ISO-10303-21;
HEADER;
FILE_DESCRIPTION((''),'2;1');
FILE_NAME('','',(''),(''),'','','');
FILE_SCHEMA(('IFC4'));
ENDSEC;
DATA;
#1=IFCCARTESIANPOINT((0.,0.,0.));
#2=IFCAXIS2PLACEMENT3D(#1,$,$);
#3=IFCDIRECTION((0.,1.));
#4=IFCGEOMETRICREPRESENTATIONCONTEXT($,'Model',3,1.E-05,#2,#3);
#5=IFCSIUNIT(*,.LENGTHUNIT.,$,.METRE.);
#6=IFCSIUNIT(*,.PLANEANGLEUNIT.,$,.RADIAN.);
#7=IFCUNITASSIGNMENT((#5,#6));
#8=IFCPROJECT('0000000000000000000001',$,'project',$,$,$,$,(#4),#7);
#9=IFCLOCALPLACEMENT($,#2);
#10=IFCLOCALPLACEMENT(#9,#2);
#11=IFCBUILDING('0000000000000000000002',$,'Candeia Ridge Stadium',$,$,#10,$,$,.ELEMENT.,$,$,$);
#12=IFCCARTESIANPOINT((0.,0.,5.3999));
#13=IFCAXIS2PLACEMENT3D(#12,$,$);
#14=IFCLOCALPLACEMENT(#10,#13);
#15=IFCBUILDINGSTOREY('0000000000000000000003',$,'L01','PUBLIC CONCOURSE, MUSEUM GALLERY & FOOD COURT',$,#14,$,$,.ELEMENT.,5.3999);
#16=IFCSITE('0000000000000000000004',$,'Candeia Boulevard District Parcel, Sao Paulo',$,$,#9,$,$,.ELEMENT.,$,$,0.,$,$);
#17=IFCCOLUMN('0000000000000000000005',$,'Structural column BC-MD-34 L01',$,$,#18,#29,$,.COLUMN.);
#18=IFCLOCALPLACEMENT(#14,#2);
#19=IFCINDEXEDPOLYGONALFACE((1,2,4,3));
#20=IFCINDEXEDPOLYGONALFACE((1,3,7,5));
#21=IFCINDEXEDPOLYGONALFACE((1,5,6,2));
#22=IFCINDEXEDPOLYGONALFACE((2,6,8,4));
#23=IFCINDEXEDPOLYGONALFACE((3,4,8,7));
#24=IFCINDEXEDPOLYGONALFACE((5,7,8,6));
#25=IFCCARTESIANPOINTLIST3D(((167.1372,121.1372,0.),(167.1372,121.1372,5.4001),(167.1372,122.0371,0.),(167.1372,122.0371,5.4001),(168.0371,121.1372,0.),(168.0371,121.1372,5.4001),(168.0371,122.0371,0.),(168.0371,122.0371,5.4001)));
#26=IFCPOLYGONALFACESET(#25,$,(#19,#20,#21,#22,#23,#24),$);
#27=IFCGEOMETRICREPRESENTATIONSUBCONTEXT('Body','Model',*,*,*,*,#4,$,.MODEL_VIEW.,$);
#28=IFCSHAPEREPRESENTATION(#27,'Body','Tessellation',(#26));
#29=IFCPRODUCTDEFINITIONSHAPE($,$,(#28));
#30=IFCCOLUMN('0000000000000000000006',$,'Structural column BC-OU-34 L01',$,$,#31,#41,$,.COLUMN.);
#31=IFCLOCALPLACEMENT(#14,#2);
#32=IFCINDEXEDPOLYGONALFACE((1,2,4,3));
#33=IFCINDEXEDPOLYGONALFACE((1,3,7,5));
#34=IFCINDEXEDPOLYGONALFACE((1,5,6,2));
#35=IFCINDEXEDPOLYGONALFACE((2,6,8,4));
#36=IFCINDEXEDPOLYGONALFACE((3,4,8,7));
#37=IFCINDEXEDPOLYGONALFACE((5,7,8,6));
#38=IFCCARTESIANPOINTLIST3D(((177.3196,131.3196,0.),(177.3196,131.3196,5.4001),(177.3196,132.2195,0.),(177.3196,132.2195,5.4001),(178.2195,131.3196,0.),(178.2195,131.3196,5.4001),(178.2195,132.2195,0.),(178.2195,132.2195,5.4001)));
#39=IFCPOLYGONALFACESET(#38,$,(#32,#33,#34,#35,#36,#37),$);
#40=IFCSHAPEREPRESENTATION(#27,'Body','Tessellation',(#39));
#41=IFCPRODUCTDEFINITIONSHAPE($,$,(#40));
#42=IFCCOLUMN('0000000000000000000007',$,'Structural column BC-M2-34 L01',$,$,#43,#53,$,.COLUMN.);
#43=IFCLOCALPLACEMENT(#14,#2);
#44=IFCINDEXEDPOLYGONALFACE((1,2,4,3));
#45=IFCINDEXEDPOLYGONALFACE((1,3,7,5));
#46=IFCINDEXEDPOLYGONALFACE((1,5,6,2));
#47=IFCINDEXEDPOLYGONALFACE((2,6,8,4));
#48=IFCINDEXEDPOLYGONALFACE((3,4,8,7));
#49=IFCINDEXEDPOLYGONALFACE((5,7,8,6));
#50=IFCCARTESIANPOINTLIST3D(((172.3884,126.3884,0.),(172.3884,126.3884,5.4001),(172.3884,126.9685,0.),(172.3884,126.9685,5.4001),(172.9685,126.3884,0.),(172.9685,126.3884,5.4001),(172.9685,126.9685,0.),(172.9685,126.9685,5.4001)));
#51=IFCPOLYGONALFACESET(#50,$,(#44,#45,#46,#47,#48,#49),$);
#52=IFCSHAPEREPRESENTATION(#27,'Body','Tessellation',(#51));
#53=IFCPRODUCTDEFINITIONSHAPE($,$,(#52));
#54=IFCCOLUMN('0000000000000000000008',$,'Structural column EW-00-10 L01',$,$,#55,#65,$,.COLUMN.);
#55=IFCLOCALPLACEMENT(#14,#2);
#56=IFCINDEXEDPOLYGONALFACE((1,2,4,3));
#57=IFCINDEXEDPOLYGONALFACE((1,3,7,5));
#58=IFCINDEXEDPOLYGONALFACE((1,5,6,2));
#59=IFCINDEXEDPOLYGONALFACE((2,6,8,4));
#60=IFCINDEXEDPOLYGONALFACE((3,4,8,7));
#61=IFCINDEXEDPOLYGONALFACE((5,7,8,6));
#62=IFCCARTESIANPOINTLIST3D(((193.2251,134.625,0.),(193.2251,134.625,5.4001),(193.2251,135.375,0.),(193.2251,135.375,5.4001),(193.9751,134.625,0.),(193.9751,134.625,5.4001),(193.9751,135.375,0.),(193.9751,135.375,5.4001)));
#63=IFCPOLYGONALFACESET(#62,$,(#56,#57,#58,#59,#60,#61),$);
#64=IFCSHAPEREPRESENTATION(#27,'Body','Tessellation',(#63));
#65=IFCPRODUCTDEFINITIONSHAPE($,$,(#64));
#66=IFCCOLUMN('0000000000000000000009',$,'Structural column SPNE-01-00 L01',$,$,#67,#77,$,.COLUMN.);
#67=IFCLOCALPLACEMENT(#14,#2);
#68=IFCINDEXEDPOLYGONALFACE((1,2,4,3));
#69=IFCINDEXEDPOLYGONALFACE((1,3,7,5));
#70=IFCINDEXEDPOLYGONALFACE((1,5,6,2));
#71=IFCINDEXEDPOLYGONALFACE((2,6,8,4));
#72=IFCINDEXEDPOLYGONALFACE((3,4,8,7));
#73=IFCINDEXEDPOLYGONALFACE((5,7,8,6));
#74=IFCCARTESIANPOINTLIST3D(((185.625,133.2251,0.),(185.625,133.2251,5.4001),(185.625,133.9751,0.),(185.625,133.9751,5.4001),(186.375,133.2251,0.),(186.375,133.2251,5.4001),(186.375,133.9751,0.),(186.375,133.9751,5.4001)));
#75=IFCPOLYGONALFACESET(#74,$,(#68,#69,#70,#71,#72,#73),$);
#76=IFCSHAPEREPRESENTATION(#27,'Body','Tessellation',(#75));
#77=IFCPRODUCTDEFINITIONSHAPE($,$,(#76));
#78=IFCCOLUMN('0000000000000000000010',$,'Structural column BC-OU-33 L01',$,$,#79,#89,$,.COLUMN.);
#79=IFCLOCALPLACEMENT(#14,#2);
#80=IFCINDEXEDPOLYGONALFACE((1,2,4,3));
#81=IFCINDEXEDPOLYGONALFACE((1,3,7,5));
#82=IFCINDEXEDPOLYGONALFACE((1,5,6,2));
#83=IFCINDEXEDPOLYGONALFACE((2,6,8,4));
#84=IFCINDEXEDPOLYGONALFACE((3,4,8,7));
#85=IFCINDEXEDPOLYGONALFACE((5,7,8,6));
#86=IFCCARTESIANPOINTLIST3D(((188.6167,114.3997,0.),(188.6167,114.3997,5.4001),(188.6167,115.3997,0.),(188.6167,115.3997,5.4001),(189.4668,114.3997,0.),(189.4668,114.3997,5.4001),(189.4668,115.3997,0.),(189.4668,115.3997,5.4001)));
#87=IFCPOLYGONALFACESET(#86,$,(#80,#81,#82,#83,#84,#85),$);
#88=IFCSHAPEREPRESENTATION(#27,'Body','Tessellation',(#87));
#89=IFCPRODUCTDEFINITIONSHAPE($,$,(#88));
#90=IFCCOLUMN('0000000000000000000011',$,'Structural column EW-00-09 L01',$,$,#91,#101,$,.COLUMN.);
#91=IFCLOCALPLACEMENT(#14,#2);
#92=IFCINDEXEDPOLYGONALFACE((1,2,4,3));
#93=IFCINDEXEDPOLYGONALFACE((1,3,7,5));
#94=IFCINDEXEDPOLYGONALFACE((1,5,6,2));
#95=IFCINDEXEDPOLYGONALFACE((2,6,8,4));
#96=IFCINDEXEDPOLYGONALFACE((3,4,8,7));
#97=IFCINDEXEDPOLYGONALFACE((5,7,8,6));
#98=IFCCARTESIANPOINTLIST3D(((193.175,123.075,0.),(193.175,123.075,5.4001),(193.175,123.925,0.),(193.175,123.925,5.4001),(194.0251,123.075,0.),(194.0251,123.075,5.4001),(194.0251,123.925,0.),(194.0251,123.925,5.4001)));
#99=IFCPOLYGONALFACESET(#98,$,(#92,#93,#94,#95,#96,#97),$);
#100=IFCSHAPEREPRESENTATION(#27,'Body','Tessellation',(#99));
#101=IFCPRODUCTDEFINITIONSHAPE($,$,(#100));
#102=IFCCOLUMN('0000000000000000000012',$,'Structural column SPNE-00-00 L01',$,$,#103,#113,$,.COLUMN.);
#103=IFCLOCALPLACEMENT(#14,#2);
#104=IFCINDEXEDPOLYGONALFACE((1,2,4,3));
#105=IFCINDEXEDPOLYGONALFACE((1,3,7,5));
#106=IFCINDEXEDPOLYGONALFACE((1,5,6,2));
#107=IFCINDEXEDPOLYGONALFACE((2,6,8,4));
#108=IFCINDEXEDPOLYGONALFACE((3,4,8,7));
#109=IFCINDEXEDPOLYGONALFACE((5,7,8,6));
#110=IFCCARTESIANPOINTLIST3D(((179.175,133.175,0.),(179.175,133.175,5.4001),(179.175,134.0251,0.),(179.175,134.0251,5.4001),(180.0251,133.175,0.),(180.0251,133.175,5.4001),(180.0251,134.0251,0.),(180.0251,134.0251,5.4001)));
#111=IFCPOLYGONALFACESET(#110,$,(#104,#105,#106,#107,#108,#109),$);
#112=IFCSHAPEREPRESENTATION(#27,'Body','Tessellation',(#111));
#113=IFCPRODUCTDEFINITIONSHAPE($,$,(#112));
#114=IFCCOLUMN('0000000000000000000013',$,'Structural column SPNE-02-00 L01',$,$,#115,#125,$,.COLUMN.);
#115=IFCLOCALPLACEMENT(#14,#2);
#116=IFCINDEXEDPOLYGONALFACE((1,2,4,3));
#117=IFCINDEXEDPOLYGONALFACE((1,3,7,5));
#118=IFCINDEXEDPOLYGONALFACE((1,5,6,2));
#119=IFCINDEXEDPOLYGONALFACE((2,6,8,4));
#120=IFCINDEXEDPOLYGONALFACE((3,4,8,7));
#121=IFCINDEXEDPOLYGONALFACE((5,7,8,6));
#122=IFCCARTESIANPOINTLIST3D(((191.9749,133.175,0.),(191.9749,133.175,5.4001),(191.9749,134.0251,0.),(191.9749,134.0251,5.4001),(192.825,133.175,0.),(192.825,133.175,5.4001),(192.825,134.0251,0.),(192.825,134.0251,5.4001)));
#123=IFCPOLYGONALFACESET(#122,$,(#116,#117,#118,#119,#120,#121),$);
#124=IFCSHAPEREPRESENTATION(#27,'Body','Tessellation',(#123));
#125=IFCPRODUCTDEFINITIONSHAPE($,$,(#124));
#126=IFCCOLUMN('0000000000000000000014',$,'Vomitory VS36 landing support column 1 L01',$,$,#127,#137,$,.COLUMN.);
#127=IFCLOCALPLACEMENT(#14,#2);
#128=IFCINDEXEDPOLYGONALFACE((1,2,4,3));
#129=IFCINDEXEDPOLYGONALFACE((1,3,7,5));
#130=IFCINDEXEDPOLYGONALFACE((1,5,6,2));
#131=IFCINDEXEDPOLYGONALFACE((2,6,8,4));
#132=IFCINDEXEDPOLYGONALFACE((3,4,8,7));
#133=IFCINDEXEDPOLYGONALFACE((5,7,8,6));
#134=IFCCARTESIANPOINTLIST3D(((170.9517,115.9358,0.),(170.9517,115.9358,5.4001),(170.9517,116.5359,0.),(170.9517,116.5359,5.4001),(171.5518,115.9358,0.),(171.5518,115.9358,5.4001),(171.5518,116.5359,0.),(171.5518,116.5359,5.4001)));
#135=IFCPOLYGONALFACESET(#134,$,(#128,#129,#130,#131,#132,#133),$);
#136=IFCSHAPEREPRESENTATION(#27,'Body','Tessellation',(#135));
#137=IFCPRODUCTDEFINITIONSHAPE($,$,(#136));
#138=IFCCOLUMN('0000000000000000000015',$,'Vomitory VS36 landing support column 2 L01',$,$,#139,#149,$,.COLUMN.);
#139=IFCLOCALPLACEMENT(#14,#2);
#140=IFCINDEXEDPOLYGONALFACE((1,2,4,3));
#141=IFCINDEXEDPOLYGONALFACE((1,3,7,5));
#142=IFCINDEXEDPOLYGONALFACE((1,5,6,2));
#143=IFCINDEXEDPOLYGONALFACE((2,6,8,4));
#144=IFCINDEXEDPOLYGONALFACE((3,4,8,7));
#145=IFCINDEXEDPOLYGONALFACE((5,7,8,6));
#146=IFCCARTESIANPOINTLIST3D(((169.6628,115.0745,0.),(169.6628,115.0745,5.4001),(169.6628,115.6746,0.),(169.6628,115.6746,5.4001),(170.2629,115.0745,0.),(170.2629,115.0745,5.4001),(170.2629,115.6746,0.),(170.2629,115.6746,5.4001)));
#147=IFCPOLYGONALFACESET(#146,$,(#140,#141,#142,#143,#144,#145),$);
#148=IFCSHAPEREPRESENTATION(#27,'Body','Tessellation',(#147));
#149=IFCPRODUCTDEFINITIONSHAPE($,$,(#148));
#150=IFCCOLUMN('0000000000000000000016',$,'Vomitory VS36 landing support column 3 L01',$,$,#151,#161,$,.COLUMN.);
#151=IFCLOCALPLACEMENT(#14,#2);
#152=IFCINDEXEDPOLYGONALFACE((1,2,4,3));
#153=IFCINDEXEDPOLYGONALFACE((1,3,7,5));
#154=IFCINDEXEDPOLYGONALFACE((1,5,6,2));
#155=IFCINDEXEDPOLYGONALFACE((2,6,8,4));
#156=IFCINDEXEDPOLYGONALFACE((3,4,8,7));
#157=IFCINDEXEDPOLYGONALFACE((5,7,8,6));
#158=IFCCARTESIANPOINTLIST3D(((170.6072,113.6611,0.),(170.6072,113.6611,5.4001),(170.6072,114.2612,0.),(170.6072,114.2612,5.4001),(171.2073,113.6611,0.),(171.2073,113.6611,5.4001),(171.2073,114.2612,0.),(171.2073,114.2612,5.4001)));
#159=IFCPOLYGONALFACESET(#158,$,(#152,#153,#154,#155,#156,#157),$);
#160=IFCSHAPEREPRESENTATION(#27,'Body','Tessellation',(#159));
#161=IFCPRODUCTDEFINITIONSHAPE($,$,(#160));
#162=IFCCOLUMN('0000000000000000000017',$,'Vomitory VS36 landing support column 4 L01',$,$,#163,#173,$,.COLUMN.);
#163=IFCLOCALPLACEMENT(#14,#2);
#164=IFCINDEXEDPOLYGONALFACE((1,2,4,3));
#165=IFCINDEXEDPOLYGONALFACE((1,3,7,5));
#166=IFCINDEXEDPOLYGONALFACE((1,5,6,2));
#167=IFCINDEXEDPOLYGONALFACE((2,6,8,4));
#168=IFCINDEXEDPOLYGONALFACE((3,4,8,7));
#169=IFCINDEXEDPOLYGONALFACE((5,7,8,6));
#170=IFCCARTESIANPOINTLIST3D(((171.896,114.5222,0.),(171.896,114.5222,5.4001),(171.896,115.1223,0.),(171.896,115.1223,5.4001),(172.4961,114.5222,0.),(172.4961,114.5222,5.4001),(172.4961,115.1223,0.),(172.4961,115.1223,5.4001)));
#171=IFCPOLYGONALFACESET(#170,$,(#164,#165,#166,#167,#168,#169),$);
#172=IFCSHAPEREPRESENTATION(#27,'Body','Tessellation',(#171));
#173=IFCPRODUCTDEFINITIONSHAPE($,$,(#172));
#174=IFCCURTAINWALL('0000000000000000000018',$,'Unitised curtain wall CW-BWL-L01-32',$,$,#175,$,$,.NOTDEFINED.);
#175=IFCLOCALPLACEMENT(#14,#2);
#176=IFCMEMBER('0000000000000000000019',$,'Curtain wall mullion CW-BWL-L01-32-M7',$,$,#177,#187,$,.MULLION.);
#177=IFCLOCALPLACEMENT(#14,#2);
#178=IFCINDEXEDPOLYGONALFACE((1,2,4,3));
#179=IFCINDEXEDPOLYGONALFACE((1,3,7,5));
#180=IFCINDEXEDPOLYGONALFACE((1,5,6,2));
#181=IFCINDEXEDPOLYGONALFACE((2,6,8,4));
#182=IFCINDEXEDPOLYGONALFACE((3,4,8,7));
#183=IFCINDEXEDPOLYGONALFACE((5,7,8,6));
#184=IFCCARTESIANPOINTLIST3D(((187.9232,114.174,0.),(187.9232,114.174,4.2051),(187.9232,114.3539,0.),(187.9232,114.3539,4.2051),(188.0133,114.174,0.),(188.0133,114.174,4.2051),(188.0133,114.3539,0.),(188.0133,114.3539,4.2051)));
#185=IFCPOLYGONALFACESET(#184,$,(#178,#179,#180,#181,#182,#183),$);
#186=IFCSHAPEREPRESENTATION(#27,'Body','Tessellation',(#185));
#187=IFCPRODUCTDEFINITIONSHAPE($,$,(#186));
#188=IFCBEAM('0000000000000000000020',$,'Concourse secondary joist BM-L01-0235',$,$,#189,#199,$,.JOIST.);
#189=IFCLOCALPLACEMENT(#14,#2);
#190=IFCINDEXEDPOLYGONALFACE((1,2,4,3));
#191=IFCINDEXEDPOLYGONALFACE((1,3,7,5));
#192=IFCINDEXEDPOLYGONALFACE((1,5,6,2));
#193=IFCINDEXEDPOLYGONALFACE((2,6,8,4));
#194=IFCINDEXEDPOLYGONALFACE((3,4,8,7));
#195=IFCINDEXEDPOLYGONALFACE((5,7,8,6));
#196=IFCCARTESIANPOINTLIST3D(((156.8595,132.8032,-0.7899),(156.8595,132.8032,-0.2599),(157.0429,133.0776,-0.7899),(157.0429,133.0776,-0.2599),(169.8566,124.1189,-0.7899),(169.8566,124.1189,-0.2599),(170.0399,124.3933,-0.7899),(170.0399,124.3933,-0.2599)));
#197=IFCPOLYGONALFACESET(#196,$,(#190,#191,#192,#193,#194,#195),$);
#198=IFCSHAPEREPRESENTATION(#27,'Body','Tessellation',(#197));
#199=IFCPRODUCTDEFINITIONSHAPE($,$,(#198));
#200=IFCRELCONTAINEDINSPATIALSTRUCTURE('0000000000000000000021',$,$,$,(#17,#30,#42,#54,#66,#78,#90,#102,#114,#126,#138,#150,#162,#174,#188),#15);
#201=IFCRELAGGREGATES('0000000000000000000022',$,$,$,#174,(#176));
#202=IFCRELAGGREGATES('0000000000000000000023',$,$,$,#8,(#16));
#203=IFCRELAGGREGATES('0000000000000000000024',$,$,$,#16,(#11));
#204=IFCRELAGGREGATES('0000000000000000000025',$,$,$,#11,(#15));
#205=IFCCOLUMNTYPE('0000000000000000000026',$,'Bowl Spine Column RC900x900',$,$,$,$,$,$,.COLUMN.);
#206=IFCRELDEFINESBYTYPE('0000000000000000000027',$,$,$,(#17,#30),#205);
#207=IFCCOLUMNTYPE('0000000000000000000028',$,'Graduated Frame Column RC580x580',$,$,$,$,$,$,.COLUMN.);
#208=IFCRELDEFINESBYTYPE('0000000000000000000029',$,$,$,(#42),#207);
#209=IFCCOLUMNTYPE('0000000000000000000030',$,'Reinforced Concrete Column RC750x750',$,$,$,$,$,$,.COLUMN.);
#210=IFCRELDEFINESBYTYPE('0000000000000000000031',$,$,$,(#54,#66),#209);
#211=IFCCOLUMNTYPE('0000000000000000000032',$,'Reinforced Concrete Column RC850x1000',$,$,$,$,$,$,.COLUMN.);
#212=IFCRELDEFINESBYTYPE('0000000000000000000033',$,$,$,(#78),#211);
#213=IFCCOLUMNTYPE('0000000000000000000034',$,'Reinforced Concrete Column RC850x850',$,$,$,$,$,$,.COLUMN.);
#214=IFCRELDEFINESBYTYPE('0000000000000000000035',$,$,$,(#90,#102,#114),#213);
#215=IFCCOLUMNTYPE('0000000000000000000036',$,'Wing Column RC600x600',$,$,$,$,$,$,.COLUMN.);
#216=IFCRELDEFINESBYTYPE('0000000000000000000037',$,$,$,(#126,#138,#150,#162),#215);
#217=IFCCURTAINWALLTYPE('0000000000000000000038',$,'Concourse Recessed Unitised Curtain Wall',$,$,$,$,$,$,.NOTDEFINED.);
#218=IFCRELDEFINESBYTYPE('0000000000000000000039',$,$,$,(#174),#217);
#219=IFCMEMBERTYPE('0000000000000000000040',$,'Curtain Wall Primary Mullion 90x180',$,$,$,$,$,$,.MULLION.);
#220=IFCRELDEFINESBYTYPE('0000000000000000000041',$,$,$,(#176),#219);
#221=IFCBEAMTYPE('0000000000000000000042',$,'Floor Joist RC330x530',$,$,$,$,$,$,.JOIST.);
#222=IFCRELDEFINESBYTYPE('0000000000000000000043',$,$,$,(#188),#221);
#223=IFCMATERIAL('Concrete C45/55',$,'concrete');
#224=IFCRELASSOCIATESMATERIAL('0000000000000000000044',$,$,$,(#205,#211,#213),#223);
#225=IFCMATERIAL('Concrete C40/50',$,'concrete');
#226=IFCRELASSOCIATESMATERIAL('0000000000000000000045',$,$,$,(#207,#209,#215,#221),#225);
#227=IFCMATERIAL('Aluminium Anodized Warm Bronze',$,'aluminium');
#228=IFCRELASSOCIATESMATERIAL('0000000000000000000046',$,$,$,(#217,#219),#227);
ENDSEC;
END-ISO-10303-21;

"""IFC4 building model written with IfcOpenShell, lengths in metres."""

from ifc_helpers import new_model, si_unit, direction, frame, origin, origin_2d, place, context, subcontext, project, spatial, rectangle, extrude, material, material_profile, profile_set, type_object, element, aggregate, save


model = new_model("IFC4")

# Units and contexts
model_context = context("Model", 3, precision=1e-05, world=origin(), true_north=direction((0.0, 1.0)))
body_context = subcontext(model_context, "Body", "Model", "MODEL_VIEW")
ifc_project = project(units=[si_unit("LENGTHUNIT", "METRE"), si_unit("PLANEANGLEUNIT", "RADIAN")], contexts=[model_context])

# Site, building, storey
site_placement = place(None, origin())
site = spatial("IfcSite", under=ifc_project, at=site_placement, Name="Candeia Boulevard District Parcel, Sao Paulo", CompositionType="ELEMENT", RefElevation=0.0)
building_placement = place(site_placement, origin())
building = spatial("IfcBuilding", under=site, at=building_placement, Name="Candeia Ridge Stadium", CompositionType="ELEMENT")
storey_placement = place(building_placement, frame((0.0, 0.0, 5.3999)))
storey = spatial("IfcBuildingStorey", under=building, at=storey_placement, Name="L01", Description="PUBLIC CONCOURSE, MUSEUM GALLERY & FOOD COURT", CompositionType="ELEMENT", Elevation=5.3999)

# Columns
ifc_material_1 = material(Name="Concrete C45/55", Category="concrete")
ifc_material_profile_1 = material_profile(ifc_material_1, rectangle(XDim=0.8999, YDim=0.8999, at=origin_2d()), Name="RC900x900", Category="concrete")
ifc_profile_set_1 = profile_set([ifc_material_profile_1], Name="Concrete C45/55")
column_type_1 = type_object("IfcColumnType", Name="Bowl Spine Column RC900x900", PredefinedType="COLUMN", material=ifc_profile_set_1)
for number, where, z_axis, x_axis, name in (
    (1, (167.5872, 121.5872, 0.0), (0.0, 0.0, 1.0), (1.0, 0.0, 0.0), "Structural column BC-MD-34 L01"),
    (2, (177.7695, 131.7695, 0.0), (0.0, 0.0, 1.0), (1.0, 0.0, 0.0), "Structural column BC-OU-34 L01"),
):
    element("IfcColumn", number, at=place(storey_placement, frame(where, z_axis=z_axis, x_axis=x_axis)), inside=storey, type_object=column_type_1, Name=name, PredefinedType="COLUMN", context=body_context, shape_type="SweptSolid", body=[
        extrude(rectangle(XDim=0.8999, YDim=0.8999, at=origin_2d()), origin(), (0.0, 0.0, 1.0), 5.4001),
    ])
ifc_material_2 = material(Name="Concrete C40/50", Category="concrete")
ifc_material_profile_2 = material_profile(ifc_material_2, rectangle(XDim=0.5801, YDim=0.5801, at=origin_2d()), Name="RC580x580", Category="concrete")
ifc_profile_set_2 = profile_set([ifc_material_profile_2], Name="Concrete C40/50")
column_type_2 = type_object("IfcColumnType", Name="Graduated Frame Column RC580x580", PredefinedType="COLUMN", material=ifc_profile_set_2)
column_1_placement = place(storey_placement, frame((172.6785, 126.6785, 0.0), z_axis=(0.0, 0.0, 1.0), x_axis=(1.0, 0.0, 0.0)))
element("IfcColumn", 3, at=column_1_placement, inside=storey, type_object=column_type_2, Name="Structural column BC-M2-34 L01", PredefinedType="COLUMN", context=body_context, shape_type="SweptSolid", body=[
    extrude(rectangle(XDim=0.5801, YDim=0.5801, at=origin_2d()), origin(), (0.0, 0.0, 1.0), 5.4001),
])
ifc_material_profile_3 = material_profile(ifc_material_2, rectangle(XDim=0.75, YDim=0.75, at=origin_2d()), Name="RC750x750", Category="concrete")
ifc_profile_set_3 = profile_set([ifc_material_profile_3], Name="Concrete C40/50")
column_type_3 = type_object("IfcColumnType", Name="Reinforced Concrete Column RC750x750", PredefinedType="COLUMN", material=ifc_profile_set_3)
for number, where, z_axis, x_axis, name in (
    (4, (193.6001, 135.0, 0.0), (0.0, 0.0, 1.0), (1.0, 0.0, 0.0), "Structural column EW-00-10 L01"),
    (5, (186.0, 133.6001, 0.0), (0.0, 0.0, 1.0), (1.0, 0.0, 0.0), "Structural column SPNE-01-00 L01"),
):
    element("IfcColumn", number, at=place(storey_placement, frame(where, z_axis=z_axis, x_axis=x_axis)), inside=storey, type_object=column_type_3, Name=name, PredefinedType="COLUMN", context=body_context, shape_type="SweptSolid", body=[
        extrude(rectangle(XDim=0.75, YDim=0.75, at=origin_2d()), origin(), (0.0, 0.0, 1.0), 5.4001),
    ])
ifc_material_profile_4 = material_profile(ifc_material_1, rectangle(XDim=0.8501, YDim=1.0, at=origin_2d()), Name="RC850x1000", Category="concrete")
ifc_profile_set_4 = profile_set([ifc_material_profile_4], Name="Concrete C45/55")
column_type_4 = type_object("IfcColumnType", Name="Reinforced Concrete Column RC850x1000", PredefinedType="COLUMN", material=ifc_profile_set_4)
column_2_placement = place(storey_placement, frame((189.0417, 114.8997, 0.0), z_axis=(0.0, 0.0, 1.0), x_axis=(1.0, 0.0, 0.0)))
element("IfcColumn", 6, at=column_2_placement, inside=storey, type_object=column_type_4, Name="Structural column BC-OU-33 L01", PredefinedType="COLUMN", context=body_context, shape_type="SweptSolid", body=[
    extrude(rectangle(XDim=0.8501, YDim=1.0, at=origin_2d()), origin(), (0.0, 0.0, 1.0), 5.4001),
])
ifc_material_profile_5 = material_profile(ifc_material_1, rectangle(XDim=0.8501, YDim=0.8501, at=origin_2d()), Name="RC850x850", Category="concrete")
ifc_profile_set_5 = profile_set([ifc_material_profile_5], Name="Concrete C45/55")
column_type_5 = type_object("IfcColumnType", Name="Reinforced Concrete Column RC850x850", PredefinedType="COLUMN", material=ifc_profile_set_5)
for number, where, z_axis, x_axis, name in (
    (7, (193.6001, 123.5, 0.0), (0.0, 0.0, 1.0), (1.0, 0.0, 0.0), "Structural column EW-00-09 L01"),
    (8, (179.6001, 133.6001, 0.0), (0.0, 0.0, 1.0), (1.0, 0.0, 0.0), "Structural column SPNE-00-00 L01"),
    (9, (192.3999, 133.6001, 0.0), (0.0, 0.0, 1.0), (1.0, 0.0, 0.0), "Structural column SPNE-02-00 L01"),
):
    element("IfcColumn", number, at=place(storey_placement, frame(where, z_axis=z_axis, x_axis=x_axis)), inside=storey, type_object=column_type_5, Name=name, PredefinedType="COLUMN", context=body_context, shape_type="SweptSolid", body=[
        extrude(rectangle(XDim=0.8501, YDim=0.8501, at=origin_2d()), origin(), (0.0, 0.0, 1.0), 5.4001),
    ])
ifc_material_profile_6 = material_profile(ifc_material_2, rectangle(XDim=0.6001, YDim=0.6001, at=origin_2d()), Name="RC600x600", Category="concrete")
ifc_profile_set_6 = profile_set([ifc_material_profile_6], Name="Concrete C40/50")
column_type_6 = type_object("IfcColumnType", Name="Wing Column RC600x600", PredefinedType="COLUMN", material=ifc_profile_set_6)
for number, where, z_axis, x_axis, name in (
    (10, (171.2517, 116.2358, 0.0), (0.0, 0.0, 1.0), (1.0, 0.0, 0.0), "Vomitory VS36 landing support column 1 L01"),
    (11, (169.9629, 115.3745, 0.0), (0.0, 0.0, 1.0), (1.0, 0.0, 0.0), "Vomitory VS36 landing support column 2 L01"),
    (12, (170.9072, 113.9612, 0.0), (0.0, 0.0, 1.0), (1.0, 0.0, 0.0), "Vomitory VS36 landing support column 3 L01"),
    (13, (172.196, 114.8223, 0.0), (0.0, 0.0, 1.0), (1.0, 0.0, 0.0), "Vomitory VS36 landing support column 4 L01"),
):
    element("IfcColumn", number, at=place(storey_placement, frame(where, z_axis=z_axis, x_axis=x_axis)), inside=storey, type_object=column_type_6, Name=name, PredefinedType="COLUMN", context=body_context, shape_type="SweptSolid", body=[
        extrude(rectangle(XDim=0.6001, YDim=0.6001, at=origin_2d()), origin(), (0.0, 0.0, 1.0), 5.4001),
    ])

# Curtain wall, member
ifc_material_3 = material(Name="Aluminium Anodized Warm Bronze", Category="aluminium")
curtain_wall_type = type_object("IfcCurtainWallType", Name="Concourse Recessed Unitised Curtain Wall", PredefinedType="NOTDEFINED", material=ifc_material_3)
curtain_wall_placement = place(storey_placement, origin())
curtain_wall = element("IfcCurtainWall", 14, at=curtain_wall_placement, inside=storey, type_object=curtain_wall_type, Name="Unitised curtain wall CW-BWL-L01-32", PredefinedType="NOTDEFINED")
ifc_material_profile_7 = material_profile(ifc_material_3, rectangle(XDim=0.0901, YDim=0.1799, at=origin_2d()), Name="CWM-90x180", Category="aluminium")
ifc_profile_set_7 = profile_set([ifc_material_profile_7], Name="Aluminium Anodized Warm Bronze")
member_type = type_object("IfcMemberType", Name="Curtain Wall Primary Mullion 90x180", PredefinedType="MULLION", material=ifc_profile_set_7)
member_placement = place(storey_placement, frame((187.9683, 114.2639, 0.0), z_axis=(0.0, 0.0, 1.0), x_axis=(1.0, 0.0, 0.0)))
member = element("IfcMember", 15, at=member_placement, type_object=member_type, Name="Curtain wall mullion CW-BWL-L01-32-M7", PredefinedType="MULLION", context=body_context, shape_type="SweptSolid", body=[
    extrude(rectangle(XDim=0.0901, YDim=0.1799, at=origin_2d()), origin(), (0.0, 0.0, 1.0), 4.2051),
])
aggregate(curtain_wall, [member])

# Beam
ifc_material_profile_8 = material_profile(ifc_material_2, rectangle(XDim=0.3301, YDim=0.53, at=origin_2d()), Name="RC330x530", Category="concrete")
ifc_profile_set_8 = profile_set([ifc_material_profile_8], Name="Concrete C40/50")
beam_type_1 = type_object("IfcBeamType", Name="Floor Joist RC330x530", PredefinedType="JOIST", material=ifc_profile_set_8)
beam_1_placement = place(storey_placement, frame((169.9482, 124.2561, -0.5249), z_axis=(-0.831471, 0.555569, 0.0), x_axis=(-0.555569, -0.831471, 0.0)))
element("IfcBeam", 16, at=beam_1_placement, inside=storey, type_object=beam_type_1, Name="Concourse secondary joist BM-L01-0235", PredefinedType="JOIST", context=body_context, shape_type="SweptSolid", body=[
    extrude(rectangle(XDim=0.3301, YDim=0.53, at=origin_2d()), origin(), (0.0, 0.0, 1.0), 15.6313),
])

save(model, "model.ifc")
